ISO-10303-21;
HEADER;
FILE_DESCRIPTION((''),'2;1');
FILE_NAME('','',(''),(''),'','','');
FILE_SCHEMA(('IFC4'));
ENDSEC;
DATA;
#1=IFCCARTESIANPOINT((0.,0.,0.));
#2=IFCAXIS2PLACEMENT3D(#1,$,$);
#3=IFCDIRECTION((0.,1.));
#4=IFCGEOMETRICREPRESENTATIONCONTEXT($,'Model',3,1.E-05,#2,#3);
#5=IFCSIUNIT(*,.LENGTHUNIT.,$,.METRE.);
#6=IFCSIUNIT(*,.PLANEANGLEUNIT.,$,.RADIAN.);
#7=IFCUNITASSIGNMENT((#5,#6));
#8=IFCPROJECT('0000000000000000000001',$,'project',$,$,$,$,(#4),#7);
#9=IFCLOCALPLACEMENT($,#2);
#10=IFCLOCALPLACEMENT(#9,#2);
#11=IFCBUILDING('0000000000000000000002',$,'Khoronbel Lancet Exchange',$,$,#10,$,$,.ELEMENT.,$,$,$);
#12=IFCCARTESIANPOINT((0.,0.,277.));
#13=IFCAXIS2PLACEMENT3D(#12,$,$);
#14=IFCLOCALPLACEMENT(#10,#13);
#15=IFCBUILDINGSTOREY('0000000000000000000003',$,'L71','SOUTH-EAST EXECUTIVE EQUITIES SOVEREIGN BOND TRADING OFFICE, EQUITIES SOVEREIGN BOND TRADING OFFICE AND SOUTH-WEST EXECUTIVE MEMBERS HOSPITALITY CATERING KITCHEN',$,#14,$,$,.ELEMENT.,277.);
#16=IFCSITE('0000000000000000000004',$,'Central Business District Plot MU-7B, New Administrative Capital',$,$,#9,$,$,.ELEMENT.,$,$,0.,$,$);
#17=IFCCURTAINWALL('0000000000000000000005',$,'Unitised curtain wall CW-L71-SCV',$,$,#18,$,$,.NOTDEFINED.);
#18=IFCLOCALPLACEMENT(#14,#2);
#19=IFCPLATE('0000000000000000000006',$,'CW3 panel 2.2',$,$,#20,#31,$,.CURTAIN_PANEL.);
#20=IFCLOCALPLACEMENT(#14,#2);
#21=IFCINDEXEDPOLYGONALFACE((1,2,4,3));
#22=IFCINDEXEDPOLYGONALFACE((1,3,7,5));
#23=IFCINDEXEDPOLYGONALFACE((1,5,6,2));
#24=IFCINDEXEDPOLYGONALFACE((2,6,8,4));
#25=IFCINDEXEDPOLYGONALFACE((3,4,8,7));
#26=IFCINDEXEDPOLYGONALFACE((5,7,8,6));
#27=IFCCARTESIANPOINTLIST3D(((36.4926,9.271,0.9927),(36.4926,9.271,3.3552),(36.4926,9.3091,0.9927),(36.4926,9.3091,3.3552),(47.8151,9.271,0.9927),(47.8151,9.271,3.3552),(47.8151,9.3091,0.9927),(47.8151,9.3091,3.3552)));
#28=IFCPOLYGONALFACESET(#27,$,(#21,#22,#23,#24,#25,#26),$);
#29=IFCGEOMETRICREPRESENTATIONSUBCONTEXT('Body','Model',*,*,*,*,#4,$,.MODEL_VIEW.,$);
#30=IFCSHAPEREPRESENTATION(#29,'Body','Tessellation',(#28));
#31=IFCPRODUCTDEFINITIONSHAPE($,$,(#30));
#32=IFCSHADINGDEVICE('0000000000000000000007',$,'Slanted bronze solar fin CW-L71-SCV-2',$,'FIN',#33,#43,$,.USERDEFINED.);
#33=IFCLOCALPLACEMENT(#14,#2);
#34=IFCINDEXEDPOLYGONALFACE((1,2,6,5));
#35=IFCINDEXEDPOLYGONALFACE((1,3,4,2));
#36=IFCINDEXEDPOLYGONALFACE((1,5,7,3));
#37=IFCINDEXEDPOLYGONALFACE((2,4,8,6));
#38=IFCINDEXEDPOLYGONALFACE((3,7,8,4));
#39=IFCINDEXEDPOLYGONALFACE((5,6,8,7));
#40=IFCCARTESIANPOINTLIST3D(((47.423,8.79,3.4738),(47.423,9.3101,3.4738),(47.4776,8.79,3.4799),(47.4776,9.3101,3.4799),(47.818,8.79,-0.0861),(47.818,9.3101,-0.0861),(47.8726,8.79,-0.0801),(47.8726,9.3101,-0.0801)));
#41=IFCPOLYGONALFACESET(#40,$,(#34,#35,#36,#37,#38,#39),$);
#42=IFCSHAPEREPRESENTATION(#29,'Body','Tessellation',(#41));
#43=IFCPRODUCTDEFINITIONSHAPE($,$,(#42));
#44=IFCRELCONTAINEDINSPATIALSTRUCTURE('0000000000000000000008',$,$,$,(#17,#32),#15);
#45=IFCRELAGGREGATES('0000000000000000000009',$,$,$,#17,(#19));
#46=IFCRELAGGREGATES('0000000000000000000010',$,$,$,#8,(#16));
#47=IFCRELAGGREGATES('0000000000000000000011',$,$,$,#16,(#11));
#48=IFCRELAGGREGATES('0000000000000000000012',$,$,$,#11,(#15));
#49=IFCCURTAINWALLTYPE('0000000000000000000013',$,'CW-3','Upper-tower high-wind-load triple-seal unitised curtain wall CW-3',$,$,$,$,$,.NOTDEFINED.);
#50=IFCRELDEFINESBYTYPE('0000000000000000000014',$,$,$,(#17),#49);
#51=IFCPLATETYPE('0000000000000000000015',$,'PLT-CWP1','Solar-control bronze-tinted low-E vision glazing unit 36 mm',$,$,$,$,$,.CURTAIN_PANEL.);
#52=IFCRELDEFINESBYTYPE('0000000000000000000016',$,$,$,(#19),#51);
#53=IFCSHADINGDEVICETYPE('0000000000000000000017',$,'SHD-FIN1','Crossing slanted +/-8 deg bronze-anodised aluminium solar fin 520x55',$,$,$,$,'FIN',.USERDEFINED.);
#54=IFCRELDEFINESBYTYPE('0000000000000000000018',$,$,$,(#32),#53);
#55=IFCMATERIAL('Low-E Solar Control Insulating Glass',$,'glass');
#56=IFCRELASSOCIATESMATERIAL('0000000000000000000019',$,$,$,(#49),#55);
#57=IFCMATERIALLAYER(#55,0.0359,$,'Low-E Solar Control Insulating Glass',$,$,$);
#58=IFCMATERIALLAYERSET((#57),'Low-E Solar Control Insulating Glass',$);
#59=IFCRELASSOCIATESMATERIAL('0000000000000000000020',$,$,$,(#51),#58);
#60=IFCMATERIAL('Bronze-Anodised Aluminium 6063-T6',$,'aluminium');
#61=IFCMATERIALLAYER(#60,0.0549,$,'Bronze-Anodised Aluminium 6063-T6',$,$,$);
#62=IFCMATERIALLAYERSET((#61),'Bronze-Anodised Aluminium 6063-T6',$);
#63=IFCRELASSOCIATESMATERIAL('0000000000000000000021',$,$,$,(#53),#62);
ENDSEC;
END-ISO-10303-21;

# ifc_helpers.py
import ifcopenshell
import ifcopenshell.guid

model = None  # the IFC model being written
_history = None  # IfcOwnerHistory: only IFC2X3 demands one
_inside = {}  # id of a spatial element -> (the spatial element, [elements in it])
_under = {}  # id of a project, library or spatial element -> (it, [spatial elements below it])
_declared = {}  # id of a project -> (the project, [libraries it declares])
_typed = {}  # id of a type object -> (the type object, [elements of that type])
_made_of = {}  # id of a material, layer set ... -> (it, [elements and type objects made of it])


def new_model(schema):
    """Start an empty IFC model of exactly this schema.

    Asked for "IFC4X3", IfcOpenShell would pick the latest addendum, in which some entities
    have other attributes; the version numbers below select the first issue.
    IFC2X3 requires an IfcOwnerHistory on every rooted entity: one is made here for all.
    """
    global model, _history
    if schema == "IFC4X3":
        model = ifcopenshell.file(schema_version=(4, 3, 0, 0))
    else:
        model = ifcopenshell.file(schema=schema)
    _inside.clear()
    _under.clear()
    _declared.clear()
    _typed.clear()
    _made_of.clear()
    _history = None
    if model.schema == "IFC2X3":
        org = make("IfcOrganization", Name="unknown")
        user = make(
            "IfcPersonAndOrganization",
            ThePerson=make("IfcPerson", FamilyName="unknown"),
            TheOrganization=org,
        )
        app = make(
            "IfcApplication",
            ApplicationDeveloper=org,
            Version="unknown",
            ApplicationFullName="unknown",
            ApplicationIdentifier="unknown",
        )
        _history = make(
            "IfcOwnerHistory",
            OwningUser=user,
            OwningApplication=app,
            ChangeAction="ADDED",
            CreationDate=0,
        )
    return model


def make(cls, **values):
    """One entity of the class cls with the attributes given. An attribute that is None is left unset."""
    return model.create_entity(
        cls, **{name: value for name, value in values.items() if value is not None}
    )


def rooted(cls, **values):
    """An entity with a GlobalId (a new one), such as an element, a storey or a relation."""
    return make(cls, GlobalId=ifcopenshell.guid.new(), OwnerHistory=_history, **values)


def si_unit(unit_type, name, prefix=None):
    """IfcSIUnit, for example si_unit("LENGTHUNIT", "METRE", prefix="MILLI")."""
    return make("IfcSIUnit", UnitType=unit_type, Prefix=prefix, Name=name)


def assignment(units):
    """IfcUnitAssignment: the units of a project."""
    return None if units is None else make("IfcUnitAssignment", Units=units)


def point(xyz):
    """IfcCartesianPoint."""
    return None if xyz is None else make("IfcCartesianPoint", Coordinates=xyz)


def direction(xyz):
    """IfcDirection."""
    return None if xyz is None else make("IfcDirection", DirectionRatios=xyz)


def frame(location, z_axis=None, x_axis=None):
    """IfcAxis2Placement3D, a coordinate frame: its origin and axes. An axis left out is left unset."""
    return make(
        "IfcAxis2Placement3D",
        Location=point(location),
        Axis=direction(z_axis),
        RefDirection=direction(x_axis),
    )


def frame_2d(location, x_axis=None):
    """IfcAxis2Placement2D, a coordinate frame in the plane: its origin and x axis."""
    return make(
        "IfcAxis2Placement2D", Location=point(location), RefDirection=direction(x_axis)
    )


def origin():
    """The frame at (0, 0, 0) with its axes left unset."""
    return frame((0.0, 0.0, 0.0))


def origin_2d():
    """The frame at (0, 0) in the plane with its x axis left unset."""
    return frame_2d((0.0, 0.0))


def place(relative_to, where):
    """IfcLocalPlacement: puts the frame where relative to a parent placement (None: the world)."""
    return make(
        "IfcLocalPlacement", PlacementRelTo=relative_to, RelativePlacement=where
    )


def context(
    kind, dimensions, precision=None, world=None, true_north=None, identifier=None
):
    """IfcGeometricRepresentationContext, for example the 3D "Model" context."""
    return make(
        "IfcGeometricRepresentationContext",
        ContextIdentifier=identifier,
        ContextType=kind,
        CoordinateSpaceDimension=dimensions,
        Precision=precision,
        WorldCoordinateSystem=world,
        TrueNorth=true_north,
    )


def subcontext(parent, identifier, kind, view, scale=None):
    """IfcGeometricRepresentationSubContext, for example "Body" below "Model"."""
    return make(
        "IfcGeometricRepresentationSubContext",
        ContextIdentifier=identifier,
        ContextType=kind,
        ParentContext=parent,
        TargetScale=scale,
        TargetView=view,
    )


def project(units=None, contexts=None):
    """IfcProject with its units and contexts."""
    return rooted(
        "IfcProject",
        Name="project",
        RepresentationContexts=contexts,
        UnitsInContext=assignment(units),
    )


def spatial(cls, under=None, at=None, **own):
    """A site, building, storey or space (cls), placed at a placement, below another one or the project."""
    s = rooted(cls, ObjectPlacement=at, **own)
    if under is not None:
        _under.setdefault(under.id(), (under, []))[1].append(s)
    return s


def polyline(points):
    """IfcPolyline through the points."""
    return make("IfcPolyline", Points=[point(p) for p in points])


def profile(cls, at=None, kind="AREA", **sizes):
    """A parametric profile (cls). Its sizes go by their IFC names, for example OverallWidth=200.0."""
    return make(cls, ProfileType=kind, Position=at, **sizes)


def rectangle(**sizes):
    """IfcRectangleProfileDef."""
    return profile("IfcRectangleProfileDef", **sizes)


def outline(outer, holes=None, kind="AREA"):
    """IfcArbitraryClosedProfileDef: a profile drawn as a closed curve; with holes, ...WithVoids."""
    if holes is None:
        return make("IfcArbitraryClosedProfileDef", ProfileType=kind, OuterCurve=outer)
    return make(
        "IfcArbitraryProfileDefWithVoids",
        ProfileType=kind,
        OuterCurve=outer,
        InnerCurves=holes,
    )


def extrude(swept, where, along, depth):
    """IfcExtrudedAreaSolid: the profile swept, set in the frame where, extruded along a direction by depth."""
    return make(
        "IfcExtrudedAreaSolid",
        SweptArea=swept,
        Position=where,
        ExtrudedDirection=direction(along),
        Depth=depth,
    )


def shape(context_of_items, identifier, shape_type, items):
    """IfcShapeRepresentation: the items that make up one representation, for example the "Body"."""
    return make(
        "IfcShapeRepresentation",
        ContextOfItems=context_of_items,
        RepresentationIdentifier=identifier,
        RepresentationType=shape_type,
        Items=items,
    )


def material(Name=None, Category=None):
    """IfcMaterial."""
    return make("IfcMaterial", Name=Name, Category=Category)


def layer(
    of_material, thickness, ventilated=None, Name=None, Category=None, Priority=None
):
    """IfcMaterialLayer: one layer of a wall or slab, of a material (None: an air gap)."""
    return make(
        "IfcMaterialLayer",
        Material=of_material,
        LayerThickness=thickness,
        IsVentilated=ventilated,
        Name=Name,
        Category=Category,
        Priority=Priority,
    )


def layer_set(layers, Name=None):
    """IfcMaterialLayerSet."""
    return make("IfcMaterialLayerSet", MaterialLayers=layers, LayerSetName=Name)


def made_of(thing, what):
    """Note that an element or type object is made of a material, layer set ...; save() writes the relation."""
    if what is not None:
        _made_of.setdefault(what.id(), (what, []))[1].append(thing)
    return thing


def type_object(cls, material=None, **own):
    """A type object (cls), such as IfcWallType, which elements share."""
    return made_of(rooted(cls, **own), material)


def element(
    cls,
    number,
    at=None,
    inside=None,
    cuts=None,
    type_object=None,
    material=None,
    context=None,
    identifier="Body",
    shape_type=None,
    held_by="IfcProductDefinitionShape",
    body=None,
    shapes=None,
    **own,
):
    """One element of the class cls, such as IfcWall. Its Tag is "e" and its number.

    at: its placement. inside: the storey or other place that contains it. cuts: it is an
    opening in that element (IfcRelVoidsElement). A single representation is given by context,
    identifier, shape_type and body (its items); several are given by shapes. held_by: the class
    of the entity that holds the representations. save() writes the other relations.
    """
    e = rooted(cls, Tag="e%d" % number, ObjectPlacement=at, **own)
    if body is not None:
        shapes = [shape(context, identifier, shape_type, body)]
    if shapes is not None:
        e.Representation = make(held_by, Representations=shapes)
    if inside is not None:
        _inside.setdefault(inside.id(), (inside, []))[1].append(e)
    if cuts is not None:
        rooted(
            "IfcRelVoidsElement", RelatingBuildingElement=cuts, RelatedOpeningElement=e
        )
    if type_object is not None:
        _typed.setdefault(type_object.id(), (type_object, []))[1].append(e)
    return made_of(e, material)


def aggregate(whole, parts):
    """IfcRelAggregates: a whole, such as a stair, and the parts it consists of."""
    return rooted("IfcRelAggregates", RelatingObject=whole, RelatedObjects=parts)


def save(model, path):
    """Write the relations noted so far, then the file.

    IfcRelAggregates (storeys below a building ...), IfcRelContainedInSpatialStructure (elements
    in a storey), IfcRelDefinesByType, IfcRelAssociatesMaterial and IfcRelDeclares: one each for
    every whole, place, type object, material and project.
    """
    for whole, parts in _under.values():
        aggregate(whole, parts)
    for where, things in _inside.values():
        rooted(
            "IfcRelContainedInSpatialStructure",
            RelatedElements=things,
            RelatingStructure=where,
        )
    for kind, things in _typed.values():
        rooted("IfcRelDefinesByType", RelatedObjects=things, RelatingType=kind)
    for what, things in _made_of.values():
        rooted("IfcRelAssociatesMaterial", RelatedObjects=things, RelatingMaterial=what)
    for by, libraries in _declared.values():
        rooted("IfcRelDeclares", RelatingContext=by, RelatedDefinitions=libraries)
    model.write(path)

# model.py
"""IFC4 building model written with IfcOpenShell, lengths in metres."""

from ifc_helpers import new_model, si_unit, direction, frame, origin, origin_2d, place, context, subcontext, project, spatial, polyline, rectangle, outline, extrude, material, layer, layer_set, type_object, element, aggregate, save


model = new_model("IFC4")

# Units and contexts
model_context = context("Model", 3, precision=1e-05, world=origin(), true_north=direction((0.0, 1.0)))
body_context = subcontext(model_context, "Body", "Model", "MODEL_VIEW")
ifc_project = project(units=[si_unit("LENGTHUNIT", "METRE"), si_unit("PLANEANGLEUNIT", "RADIAN")], contexts=[model_context])

# Site, building, storey
site_placement = place(None, origin())
site = spatial("IfcSite", under=ifc_project, at=site_placement, Name="Central Business District Plot MU-7B, New Administrative Capital", CompositionType="ELEMENT", RefElevation=0.0)
building_placement = place(site_placement, origin())
building = spatial("IfcBuilding", under=site, at=building_placement, Name="Khoronbel Lancet Exchange", CompositionType="ELEMENT")
storey_placement = place(building_placement, frame((0.0, 0.0, 277.0)))
storey = spatial("IfcBuildingStorey", under=building, at=storey_placement, Name="L71", Description="SOUTH-EAST EXECUTIVE EQUITIES SOVEREIGN BOND TRADING OFFICE, EQUITIES SOVEREIGN BOND TRADING OFFICE AND SOUTH-WEST EXECUTIVE MEMBERS HOSPITALITY CATERING KITCHEN", CompositionType="ELEMENT", Elevation=277.0)

# Curtain wall
ifc_material_1 = material(Name="Low-E Solar Control Insulating Glass", Category="glass")
curtain_wall_type = type_object("IfcCurtainWallType", Name="CW-3", Description="Upper-tower high-wind-load triple-seal unitised curtain wall CW-3", PredefinedType="NOTDEFINED", material=ifc_material_1)
curtain_wall_1_placement = place(storey_placement, origin())
curtain_wall_1 = element("IfcCurtainWall", 1, at=curtain_wall_1_placement, inside=storey, type_object=curtain_wall_type, Name="Unitised curtain wall CW-L71-SCV", PredefinedType="NOTDEFINED")
ifc_material_2 = material(Name="Bronze-Anodised Aluminium 6063-T6", Category="aluminium")

# Plate
ifc_layer_1 = layer(ifc_material_1, 0.0359, Name="Low-E Solar Control Insulating Glass")
ifc_layer_set_1 = layer_set([ifc_layer_1], Name="Low-E Solar Control Insulating Glass")
plate_type_1 = type_object("IfcPlateType", Name="PLT-CWP1", Description="Solar-control bronze-tinted low-E vision glazing unit 36 mm", PredefinedType="CURTAIN_PANEL", material=ifc_layer_set_1)
plate_1_placement = place(storey_placement, frame((42.1538, 9.29, 0.9927), z_axis=(0.0, 0.0, 1.0), x_axis=(1.0, 0.0, 0.0)))
plate_1 = element("IfcPlate", 2, at=plate_1_placement, type_object=plate_type_1, Name="CW3 panel 2.2", PredefinedType="CURTAIN_PANEL", context=body_context, shape_type="SweptSolid", body=[
    extrude(rectangle(XDim=11.3225, YDim=0.0381, at=origin_2d()), origin(), (0.0, 0.0, 1.0), 2.3625),
])
aggregate(curtain_wall_1, [plate_1])

# Shading device
ifc_layer_2 = layer(ifc_material_2, 0.0549, Name="Bronze-Anodised Aluminium 6063-T6")
ifc_layer_set_2 = layer_set([ifc_layer_2], Name="Bronze-Anodised Aluminium 6063-T6")
shading_device_type = type_object("IfcShadingDeviceType", Name="SHD-FIN1", Description="Crossing slanted +/-8 deg bronze-anodised aluminium solar fin 520x55", ElementType="FIN", PredefinedType="USERDEFINED", material=ifc_layer_set_2)
shading_device_placement = place(storey_placement, frame((47.8726, 9.3101, -0.0801), z_axis=(0.9939, 0.0, 0.110282), x_axis=(0.0, -1.0, 0.0)))
element("IfcShadingDevice", 3, at=shading_device_placement, inside=storey, type_object=shading_device_type, Name="Slanted bronze solar fin CW-L71-SCV-2", ObjectType="FIN", PredefinedType="USERDEFINED", context=body_context, shape_type="SweptSolid", body=[
    extrude(outline(polyline([(0.0, 0.0), (0.52, 0.0), (0.52, -3.5818), (0.0, -3.5818), (0.0, 0.0)])), origin(), (0.0, 0.0, -1.0), 0.0549),
])

save(model, "model.ifc")
